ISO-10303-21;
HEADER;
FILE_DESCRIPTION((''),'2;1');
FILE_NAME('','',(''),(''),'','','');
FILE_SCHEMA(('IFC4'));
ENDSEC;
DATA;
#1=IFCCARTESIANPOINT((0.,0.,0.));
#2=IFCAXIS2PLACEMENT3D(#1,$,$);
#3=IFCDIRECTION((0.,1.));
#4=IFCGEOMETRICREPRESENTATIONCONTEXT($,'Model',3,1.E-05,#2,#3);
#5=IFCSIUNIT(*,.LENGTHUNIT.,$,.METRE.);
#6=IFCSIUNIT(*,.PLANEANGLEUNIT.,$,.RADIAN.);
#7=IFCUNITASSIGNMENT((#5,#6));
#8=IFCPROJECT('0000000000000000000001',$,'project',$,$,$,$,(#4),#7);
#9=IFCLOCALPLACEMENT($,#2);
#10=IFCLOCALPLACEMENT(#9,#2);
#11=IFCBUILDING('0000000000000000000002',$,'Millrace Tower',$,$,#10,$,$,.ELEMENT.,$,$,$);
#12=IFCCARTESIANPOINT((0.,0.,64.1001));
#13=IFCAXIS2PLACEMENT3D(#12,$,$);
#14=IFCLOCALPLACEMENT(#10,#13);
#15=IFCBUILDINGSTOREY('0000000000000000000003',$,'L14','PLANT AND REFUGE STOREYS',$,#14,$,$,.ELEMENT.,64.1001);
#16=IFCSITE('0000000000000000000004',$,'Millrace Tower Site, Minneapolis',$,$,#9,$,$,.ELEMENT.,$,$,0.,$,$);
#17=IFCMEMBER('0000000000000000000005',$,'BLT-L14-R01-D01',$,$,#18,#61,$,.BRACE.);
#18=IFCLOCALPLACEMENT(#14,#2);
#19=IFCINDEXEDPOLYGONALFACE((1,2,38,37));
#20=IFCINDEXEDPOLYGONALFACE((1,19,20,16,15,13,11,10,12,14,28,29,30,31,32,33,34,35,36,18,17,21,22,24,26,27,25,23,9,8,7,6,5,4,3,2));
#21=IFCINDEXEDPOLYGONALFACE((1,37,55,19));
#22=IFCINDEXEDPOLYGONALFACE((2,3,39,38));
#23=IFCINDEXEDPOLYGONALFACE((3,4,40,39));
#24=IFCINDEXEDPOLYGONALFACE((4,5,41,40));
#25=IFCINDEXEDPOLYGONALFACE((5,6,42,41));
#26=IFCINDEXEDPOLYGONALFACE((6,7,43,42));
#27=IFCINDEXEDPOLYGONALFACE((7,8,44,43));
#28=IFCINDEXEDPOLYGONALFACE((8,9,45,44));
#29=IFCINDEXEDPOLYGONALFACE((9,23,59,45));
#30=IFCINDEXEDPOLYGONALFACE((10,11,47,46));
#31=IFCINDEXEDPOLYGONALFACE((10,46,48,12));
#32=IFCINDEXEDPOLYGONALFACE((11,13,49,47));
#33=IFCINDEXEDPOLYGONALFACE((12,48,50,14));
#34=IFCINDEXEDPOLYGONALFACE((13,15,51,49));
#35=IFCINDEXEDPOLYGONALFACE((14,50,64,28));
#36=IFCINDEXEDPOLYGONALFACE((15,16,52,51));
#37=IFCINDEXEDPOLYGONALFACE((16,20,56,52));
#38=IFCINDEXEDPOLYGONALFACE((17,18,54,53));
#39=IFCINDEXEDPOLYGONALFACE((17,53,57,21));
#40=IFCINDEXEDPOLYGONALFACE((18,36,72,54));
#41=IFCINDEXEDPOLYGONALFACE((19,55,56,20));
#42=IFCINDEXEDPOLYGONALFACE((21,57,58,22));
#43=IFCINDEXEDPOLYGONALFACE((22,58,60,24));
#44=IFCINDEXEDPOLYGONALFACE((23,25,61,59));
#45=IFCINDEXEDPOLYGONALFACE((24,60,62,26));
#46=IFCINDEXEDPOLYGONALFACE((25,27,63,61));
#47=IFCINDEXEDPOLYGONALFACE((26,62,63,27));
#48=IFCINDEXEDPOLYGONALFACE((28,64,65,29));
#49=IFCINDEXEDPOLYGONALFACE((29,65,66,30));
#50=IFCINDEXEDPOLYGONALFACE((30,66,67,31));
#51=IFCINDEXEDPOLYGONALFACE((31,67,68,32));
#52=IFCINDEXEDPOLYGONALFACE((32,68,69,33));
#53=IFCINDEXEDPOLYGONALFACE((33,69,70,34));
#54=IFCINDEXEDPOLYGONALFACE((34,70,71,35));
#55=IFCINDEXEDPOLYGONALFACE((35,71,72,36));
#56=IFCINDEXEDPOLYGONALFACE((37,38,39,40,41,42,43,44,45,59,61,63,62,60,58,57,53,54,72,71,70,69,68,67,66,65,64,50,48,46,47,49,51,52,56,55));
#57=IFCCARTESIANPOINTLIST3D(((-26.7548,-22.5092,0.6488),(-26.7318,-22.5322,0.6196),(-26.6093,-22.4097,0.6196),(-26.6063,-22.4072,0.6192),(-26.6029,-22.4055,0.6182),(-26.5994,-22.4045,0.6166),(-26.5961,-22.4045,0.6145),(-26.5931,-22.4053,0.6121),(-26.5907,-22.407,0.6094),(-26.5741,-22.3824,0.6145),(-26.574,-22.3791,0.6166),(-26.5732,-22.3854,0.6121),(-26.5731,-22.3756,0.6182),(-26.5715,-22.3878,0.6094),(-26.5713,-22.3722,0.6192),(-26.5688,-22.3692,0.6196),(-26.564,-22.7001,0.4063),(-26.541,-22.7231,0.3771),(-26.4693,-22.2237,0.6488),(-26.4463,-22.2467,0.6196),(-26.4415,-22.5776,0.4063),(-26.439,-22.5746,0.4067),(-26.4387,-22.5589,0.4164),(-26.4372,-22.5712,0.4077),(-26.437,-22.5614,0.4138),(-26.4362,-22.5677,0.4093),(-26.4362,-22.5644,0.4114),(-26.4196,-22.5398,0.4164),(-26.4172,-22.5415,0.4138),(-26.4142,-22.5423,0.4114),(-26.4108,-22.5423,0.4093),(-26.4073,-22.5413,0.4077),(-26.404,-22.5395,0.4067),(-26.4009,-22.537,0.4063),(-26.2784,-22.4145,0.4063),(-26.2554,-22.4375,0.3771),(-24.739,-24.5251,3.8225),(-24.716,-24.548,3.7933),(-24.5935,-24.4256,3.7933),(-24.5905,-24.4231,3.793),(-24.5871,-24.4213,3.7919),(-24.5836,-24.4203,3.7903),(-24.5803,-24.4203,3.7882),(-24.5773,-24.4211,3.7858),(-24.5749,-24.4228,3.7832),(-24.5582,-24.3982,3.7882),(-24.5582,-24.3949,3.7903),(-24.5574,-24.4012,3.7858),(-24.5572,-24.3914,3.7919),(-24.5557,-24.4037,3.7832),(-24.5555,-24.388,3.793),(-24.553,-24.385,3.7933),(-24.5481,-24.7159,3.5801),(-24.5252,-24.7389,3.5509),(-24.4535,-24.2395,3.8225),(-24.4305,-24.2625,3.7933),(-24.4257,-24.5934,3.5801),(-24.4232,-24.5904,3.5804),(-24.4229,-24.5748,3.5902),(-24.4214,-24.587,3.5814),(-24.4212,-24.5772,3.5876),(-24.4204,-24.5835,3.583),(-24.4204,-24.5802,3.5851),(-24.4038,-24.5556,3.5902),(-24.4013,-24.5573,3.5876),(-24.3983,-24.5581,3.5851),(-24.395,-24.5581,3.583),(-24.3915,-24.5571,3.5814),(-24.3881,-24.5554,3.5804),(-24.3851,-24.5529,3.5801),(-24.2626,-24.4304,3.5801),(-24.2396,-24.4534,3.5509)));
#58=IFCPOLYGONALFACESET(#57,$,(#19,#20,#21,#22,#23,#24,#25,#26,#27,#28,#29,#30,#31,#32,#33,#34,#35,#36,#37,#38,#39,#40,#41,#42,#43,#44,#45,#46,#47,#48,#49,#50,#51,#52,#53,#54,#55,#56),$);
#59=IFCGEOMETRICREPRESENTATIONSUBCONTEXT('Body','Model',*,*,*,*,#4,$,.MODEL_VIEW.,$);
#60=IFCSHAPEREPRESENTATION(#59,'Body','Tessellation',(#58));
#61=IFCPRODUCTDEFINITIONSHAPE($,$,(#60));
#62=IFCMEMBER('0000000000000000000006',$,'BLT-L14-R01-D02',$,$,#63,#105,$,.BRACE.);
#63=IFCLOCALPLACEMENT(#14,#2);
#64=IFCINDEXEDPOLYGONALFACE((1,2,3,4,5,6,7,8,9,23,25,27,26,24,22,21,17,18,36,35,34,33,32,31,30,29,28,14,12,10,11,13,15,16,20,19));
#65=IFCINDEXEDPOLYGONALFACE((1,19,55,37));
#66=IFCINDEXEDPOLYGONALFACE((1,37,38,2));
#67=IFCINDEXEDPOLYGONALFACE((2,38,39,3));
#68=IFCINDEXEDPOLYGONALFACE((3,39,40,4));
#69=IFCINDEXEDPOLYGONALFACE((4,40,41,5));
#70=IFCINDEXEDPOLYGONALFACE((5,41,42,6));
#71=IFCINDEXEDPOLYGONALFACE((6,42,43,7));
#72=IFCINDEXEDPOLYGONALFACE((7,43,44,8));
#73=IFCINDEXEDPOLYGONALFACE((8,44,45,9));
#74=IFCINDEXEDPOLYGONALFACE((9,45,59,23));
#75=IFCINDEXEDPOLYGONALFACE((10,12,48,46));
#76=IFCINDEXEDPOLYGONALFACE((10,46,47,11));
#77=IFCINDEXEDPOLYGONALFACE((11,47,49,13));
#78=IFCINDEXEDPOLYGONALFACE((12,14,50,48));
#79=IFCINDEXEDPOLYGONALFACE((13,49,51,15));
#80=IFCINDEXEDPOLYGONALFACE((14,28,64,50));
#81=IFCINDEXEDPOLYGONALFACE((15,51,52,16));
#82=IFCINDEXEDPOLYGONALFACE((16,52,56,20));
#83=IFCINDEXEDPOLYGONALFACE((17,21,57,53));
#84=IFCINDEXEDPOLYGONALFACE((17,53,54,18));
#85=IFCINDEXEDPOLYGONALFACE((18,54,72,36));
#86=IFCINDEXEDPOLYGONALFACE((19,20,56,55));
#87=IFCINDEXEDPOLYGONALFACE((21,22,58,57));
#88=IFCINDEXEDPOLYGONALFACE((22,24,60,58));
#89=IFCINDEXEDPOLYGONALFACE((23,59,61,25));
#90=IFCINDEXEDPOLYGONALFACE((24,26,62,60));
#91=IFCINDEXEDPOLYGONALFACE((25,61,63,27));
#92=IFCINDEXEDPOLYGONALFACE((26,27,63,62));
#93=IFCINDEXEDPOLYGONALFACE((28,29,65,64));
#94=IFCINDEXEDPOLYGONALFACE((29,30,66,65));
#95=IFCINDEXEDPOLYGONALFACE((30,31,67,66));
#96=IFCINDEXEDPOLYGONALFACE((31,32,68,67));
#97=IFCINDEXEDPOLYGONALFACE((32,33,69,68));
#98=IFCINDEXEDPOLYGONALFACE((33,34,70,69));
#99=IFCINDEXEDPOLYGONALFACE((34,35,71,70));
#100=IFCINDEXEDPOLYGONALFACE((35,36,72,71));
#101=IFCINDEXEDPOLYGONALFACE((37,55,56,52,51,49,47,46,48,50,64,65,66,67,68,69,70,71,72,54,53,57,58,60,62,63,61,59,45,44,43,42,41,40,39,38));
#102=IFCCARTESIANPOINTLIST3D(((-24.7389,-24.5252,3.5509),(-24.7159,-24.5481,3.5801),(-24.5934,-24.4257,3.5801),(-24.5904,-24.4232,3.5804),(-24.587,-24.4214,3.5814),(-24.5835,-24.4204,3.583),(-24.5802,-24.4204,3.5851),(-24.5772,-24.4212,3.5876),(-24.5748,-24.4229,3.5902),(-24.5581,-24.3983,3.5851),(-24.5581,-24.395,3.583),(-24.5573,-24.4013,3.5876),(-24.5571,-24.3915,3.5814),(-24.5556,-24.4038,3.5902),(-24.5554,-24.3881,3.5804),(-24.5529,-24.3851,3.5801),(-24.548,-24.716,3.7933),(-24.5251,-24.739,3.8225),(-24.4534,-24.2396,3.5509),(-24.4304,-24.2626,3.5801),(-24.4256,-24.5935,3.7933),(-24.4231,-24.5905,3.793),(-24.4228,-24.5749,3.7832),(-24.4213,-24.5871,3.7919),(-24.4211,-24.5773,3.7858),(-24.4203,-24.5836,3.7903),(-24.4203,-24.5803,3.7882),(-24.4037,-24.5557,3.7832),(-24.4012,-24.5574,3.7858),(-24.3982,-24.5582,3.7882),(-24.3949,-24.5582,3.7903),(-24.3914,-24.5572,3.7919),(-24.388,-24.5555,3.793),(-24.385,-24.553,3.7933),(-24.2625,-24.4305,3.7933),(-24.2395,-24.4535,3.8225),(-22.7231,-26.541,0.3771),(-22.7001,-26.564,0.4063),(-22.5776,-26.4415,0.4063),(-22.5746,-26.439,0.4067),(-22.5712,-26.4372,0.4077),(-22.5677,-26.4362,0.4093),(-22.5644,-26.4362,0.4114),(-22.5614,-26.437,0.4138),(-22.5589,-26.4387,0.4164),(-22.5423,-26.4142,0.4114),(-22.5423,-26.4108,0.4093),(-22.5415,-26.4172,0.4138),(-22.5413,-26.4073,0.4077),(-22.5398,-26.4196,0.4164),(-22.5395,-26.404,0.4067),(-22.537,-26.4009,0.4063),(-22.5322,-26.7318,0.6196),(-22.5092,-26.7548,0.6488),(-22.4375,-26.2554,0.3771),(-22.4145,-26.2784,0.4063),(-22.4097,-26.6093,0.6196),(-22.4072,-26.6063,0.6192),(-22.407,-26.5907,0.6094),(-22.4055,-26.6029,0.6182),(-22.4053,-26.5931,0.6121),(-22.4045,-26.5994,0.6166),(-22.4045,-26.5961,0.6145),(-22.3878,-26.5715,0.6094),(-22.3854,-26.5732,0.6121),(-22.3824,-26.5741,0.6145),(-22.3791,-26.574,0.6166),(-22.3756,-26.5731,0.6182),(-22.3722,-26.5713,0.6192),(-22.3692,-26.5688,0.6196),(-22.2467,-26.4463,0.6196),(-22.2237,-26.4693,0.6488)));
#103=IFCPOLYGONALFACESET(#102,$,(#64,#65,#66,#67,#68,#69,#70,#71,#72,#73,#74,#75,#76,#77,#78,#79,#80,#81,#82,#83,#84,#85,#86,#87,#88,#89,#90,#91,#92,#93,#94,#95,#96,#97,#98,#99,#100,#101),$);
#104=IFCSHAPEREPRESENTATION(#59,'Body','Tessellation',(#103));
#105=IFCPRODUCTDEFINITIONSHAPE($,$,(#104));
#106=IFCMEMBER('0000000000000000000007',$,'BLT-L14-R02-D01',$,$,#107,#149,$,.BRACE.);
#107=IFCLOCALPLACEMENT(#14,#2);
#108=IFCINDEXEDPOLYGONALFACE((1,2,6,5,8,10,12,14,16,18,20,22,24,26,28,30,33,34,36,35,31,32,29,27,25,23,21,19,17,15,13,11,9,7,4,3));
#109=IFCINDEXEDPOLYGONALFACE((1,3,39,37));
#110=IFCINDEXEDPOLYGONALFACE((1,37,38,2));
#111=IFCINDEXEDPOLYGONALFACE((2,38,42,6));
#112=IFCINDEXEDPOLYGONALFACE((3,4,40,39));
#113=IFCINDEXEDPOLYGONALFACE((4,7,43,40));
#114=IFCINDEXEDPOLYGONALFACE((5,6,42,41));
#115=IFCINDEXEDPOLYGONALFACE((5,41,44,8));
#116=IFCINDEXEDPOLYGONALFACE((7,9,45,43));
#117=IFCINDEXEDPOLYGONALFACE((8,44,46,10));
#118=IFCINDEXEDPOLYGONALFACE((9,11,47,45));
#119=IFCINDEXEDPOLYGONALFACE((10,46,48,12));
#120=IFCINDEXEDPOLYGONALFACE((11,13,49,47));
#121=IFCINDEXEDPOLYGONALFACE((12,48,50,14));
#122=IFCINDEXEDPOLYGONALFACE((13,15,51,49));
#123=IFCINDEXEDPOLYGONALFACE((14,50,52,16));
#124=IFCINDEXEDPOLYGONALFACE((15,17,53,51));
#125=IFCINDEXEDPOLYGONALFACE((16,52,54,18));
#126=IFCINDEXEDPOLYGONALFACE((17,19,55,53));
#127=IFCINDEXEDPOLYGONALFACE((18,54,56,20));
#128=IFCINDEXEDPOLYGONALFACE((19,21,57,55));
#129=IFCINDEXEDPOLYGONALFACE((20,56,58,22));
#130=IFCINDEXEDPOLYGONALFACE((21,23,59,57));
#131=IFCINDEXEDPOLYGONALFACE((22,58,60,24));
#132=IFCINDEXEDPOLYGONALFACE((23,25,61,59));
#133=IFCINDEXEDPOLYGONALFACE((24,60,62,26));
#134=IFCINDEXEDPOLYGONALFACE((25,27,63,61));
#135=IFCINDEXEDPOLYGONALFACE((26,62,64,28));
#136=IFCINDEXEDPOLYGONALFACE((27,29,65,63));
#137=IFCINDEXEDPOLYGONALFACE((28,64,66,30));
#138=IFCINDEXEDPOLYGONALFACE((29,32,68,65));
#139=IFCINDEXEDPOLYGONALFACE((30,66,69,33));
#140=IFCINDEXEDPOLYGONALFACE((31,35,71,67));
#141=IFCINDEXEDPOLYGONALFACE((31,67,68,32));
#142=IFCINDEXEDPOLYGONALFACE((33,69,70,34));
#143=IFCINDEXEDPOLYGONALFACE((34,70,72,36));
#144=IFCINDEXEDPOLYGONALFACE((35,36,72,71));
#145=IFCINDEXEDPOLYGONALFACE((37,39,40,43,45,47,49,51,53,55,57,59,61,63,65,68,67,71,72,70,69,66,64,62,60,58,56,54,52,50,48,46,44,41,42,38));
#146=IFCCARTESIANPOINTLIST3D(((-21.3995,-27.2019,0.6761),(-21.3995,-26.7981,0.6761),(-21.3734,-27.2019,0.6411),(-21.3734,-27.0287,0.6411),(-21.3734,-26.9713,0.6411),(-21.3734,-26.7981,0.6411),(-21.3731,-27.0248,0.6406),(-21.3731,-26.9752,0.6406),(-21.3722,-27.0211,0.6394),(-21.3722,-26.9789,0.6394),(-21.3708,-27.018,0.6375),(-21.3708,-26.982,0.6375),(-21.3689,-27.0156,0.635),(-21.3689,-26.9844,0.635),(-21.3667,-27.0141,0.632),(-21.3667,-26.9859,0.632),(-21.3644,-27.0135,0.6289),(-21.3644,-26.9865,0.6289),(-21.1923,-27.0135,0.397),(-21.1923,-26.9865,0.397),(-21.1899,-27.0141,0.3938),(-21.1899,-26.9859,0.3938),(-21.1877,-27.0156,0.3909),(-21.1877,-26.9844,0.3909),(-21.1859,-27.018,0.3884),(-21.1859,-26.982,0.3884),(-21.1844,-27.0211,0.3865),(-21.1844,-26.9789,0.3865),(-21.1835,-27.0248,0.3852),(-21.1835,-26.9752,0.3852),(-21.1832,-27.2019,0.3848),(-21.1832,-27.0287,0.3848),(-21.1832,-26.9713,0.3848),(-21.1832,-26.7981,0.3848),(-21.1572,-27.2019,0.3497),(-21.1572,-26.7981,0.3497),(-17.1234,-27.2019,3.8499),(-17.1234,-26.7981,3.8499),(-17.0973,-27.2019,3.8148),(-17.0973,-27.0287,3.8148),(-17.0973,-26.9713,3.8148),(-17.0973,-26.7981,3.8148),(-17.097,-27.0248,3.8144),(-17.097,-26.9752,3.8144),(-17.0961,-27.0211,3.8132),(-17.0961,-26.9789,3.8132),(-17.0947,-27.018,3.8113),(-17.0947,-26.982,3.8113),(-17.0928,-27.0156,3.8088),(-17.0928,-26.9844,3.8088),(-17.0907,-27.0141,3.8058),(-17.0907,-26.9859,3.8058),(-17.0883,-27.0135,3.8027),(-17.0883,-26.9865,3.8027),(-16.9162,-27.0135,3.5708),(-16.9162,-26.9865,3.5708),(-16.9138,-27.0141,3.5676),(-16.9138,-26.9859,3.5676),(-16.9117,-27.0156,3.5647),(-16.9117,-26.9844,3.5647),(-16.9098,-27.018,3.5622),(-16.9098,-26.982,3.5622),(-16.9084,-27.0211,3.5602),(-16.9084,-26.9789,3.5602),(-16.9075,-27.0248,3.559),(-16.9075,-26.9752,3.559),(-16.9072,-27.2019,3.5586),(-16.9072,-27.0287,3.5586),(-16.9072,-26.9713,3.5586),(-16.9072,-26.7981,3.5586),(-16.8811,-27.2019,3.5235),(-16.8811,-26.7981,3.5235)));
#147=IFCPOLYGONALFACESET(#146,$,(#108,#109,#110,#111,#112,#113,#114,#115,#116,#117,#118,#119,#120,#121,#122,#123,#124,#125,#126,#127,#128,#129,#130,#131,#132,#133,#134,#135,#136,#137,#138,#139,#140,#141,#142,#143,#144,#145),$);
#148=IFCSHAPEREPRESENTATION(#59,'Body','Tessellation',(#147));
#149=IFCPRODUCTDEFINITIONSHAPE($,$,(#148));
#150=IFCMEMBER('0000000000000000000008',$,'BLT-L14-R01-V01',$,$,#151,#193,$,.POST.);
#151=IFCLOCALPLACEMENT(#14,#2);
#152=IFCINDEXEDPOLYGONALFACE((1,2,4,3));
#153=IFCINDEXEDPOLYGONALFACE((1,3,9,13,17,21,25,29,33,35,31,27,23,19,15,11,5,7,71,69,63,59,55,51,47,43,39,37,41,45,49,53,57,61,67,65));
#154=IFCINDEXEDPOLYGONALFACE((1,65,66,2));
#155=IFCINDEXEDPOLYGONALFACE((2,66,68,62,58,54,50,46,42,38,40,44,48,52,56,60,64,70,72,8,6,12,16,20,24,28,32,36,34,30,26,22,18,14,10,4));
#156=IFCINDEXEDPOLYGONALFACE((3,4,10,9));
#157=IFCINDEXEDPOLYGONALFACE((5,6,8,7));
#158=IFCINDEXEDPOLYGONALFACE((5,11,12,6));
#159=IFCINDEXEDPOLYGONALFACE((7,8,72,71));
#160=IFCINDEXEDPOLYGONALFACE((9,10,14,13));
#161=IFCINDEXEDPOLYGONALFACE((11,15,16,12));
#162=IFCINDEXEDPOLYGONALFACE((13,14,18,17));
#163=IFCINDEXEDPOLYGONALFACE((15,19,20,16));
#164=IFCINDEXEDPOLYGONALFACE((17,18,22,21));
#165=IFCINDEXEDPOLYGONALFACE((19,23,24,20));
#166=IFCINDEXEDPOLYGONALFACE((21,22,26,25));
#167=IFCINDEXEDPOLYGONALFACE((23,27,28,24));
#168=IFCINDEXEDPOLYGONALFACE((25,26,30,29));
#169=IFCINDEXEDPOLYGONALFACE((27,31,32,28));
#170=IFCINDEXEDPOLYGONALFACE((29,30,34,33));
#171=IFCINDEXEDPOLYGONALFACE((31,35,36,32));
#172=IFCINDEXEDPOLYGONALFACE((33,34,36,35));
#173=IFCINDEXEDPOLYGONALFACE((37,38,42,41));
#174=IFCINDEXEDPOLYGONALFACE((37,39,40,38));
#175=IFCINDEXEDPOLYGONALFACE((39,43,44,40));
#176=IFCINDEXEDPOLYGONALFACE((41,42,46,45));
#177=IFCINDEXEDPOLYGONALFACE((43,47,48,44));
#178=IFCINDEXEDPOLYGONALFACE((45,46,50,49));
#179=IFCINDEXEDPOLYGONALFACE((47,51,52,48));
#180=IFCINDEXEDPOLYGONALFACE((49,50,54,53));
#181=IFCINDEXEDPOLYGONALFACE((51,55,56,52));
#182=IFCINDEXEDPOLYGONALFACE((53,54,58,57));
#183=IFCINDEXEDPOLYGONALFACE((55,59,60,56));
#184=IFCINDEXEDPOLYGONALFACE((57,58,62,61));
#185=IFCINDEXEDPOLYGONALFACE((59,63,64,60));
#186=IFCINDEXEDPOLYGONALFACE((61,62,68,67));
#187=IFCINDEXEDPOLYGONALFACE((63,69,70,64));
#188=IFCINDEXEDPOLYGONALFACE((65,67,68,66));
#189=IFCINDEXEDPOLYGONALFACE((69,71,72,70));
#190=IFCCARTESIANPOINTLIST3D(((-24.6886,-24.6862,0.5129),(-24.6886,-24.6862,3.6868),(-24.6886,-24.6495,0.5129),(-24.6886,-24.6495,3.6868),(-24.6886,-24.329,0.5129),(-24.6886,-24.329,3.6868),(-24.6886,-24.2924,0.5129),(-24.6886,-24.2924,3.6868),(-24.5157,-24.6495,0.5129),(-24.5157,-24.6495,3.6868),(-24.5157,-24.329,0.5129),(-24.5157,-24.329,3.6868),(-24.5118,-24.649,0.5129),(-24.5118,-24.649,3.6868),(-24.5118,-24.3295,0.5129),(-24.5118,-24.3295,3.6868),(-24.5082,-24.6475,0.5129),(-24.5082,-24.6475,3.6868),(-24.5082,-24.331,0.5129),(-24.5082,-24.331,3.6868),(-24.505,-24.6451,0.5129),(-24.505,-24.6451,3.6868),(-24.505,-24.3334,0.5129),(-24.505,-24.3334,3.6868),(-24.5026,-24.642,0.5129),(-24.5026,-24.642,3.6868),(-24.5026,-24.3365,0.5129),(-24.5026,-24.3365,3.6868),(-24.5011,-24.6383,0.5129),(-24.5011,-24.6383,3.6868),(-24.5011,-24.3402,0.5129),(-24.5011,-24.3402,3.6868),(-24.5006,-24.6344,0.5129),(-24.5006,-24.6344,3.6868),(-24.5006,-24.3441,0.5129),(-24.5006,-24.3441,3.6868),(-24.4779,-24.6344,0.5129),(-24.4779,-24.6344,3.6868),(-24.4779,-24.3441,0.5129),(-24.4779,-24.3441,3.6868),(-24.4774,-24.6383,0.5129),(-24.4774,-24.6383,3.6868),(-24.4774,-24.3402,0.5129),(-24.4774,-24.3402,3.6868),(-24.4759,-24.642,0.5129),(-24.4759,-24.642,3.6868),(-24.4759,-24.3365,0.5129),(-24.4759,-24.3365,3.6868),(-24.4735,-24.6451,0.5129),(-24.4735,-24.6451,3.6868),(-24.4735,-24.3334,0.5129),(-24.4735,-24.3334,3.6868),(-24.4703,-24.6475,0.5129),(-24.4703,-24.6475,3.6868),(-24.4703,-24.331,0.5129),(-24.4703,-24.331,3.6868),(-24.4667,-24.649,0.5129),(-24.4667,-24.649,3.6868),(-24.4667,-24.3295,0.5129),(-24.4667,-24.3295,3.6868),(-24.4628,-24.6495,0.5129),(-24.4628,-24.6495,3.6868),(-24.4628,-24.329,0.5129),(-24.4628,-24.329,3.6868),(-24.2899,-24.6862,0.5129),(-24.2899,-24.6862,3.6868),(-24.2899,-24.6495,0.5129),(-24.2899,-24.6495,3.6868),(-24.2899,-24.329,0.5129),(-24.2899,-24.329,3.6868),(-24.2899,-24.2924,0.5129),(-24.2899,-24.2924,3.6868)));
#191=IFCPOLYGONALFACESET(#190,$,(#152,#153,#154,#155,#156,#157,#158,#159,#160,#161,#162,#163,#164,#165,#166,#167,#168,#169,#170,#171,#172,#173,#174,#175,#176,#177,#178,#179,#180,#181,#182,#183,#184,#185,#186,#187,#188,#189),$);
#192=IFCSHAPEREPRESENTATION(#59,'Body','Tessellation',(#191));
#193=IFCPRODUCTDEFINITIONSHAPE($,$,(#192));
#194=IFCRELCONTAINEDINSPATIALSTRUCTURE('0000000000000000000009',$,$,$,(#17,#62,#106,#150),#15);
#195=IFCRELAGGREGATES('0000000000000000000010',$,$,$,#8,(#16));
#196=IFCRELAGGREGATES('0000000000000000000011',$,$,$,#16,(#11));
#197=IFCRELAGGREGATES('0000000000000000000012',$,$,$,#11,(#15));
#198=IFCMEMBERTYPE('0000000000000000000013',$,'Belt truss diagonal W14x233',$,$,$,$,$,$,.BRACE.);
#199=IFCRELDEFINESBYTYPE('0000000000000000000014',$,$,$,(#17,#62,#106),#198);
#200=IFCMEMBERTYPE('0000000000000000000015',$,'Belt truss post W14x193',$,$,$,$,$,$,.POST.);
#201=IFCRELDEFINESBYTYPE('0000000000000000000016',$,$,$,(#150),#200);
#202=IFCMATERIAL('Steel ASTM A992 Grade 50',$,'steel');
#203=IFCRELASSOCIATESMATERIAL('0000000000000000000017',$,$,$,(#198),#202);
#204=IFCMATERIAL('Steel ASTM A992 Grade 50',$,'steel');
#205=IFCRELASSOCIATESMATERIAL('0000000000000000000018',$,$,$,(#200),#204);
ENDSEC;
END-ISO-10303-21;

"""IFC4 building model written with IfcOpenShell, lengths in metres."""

from ifc_helpers import new_model, si_unit, direction, frame, origin, origin_2d, place, context, subcontext, project, spatial, i_section, extrude, material, material_profile, profile_set, type_object, element, save


model = new_model("IFC4")

# Units and contexts
model_context = context("Model", 3, precision=1e-05, world=origin(), true_north=direction((0.0, 1.0)))
body_context = subcontext(model_context, "Body", "Model", "MODEL_VIEW")
ifc_project = project(units=[si_unit("LENGTHUNIT", "METRE"), si_unit("PLANEANGLEUNIT", "RADIAN")], contexts=[model_context])

# Site, building, storey
site_placement = place(None, origin())
site = spatial("IfcSite", under=ifc_project, at=site_placement, Name="Millrace Tower Site, Minneapolis", CompositionType="ELEMENT", RefElevation=0.0)
building_placement = place(site_placement, origin())
building = spatial("IfcBuilding", under=site, at=building_placement, Name="Millrace Tower", CompositionType="ELEMENT")
storey_placement = place(building_placement, frame((0.0, 0.0, 64.1001)))
storey = spatial("IfcBuildingStorey", under=building, at=storey_placement, Name="L14", Description="PLANT AND REFUGE STOREYS", CompositionType="ELEMENT", Elevation=64.1001)

# Members
ifc_material_1 = material(Name="Steel ASTM A992 Grade 50", Category="steel")
ifc_material_profile_1 = material_profile(ifc_material_1, i_section(OverallWidth=0.4038, OverallDepth=0.4065, WebThickness=0.0271, FlangeThickness=0.0437, FilletRadius=0.0151, at=origin_2d()))
ifc_profile_set_1 = profile_set([ifc_material_profile_1], Name="Steel ASTM A992 Grade 50")
member_type_1 = type_object("IfcMemberType", Name="Belt truss diagonal W14x233", PredefinedType="BRACE", material=ifc_profile_set_1)
for number, where, z_axis, x_axis, name in (
    (1, (-26.5051, -22.4734, 0.5129), (0.472519, -0.472519, 0.743944), (0.707107, 0.707107, 0.0), "BLT-L14-R01-D01"),
    (2, (-22.4734, -26.5051, 0.5129), (-0.472519, 0.472519, 0.743944), (-0.707107, -0.707107, 0.0), "BLT-L14-R01-D02"),
):
    element("IfcMember", number, at=place(storey_placement, frame(where, z_axis=z_axis, x_axis=x_axis)), inside=storey, type_object=member_type_1, Name=name, PredefinedType="BRACE", context=body_context, shape_type="SweptSolid", body=[
        extrude(i_section(OverallWidth=0.4038, OverallDepth=0.4065, WebThickness=0.0271, FlangeThickness=0.0437, FilletRadius=0.0151, at=origin_2d()), origin(), (0.0, 0.0, 1.0), 4.2661),
    ])
member_1_placement = place(storey_placement, frame((-21.2783, -27.0, 0.5129), z_axis=(0.802988, 0.0, 0.595995), x_axis=(0.0, 1.0, 0.0)))
element("IfcMember", 3, at=member_1_placement, inside=storey, type_object=member_type_1, Name="BLT-L14-R02-D01", PredefinedType="BRACE", context=body_context, shape_type="SweptSolid", body=[
    extrude(i_section(OverallWidth=0.4038, OverallDepth=0.4065, WebThickness=0.0271, FlangeThickness=0.0437, FilletRadius=0.0151, at=origin_2d()), origin(), (0.0, 0.0, 1.0), 5.3252),
])
ifc_material_2 = material(Name="Steel ASTM A992 Grade 50", Category="steel")
ifc_material_profile_2 = material_profile(ifc_material_2, i_section(OverallWidth=0.3987, OverallDepth=0.3938, WebThickness=0.0227, FlangeThickness=0.0366, FilletRadius=0.0151, at=origin_2d()))
ifc_profile_set_2 = profile_set([ifc_material_profile_2], Name="Steel ASTM A992 Grade 50")
member_type_2 = type_object("IfcMemberType", Name="Belt truss post W14x193", PredefinedType="POST", material=ifc_profile_set_2)
member_2_placement = place(storey_placement, frame((-24.4893, -24.4893, 0.5129), z_axis=(0.0, 0.0, 1.0), x_axis=(1.0, 0.0, 0.0)))
element("IfcMember", 4, at=member_2_placement, inside=storey, type_object=member_type_2, Name="BLT-L14-R01-V01", PredefinedType="POST", context=body_context, shape_type="SweptSolid", body=[
    extrude(i_section(OverallWidth=0.3987, OverallDepth=0.3938, WebThickness=0.0227, FlangeThickness=0.0366, FilletRadius=0.0151, at=origin_2d()), origin(), (0.0, 0.0, 1.0), 3.1738),
])

save(model, "model.ifc")
